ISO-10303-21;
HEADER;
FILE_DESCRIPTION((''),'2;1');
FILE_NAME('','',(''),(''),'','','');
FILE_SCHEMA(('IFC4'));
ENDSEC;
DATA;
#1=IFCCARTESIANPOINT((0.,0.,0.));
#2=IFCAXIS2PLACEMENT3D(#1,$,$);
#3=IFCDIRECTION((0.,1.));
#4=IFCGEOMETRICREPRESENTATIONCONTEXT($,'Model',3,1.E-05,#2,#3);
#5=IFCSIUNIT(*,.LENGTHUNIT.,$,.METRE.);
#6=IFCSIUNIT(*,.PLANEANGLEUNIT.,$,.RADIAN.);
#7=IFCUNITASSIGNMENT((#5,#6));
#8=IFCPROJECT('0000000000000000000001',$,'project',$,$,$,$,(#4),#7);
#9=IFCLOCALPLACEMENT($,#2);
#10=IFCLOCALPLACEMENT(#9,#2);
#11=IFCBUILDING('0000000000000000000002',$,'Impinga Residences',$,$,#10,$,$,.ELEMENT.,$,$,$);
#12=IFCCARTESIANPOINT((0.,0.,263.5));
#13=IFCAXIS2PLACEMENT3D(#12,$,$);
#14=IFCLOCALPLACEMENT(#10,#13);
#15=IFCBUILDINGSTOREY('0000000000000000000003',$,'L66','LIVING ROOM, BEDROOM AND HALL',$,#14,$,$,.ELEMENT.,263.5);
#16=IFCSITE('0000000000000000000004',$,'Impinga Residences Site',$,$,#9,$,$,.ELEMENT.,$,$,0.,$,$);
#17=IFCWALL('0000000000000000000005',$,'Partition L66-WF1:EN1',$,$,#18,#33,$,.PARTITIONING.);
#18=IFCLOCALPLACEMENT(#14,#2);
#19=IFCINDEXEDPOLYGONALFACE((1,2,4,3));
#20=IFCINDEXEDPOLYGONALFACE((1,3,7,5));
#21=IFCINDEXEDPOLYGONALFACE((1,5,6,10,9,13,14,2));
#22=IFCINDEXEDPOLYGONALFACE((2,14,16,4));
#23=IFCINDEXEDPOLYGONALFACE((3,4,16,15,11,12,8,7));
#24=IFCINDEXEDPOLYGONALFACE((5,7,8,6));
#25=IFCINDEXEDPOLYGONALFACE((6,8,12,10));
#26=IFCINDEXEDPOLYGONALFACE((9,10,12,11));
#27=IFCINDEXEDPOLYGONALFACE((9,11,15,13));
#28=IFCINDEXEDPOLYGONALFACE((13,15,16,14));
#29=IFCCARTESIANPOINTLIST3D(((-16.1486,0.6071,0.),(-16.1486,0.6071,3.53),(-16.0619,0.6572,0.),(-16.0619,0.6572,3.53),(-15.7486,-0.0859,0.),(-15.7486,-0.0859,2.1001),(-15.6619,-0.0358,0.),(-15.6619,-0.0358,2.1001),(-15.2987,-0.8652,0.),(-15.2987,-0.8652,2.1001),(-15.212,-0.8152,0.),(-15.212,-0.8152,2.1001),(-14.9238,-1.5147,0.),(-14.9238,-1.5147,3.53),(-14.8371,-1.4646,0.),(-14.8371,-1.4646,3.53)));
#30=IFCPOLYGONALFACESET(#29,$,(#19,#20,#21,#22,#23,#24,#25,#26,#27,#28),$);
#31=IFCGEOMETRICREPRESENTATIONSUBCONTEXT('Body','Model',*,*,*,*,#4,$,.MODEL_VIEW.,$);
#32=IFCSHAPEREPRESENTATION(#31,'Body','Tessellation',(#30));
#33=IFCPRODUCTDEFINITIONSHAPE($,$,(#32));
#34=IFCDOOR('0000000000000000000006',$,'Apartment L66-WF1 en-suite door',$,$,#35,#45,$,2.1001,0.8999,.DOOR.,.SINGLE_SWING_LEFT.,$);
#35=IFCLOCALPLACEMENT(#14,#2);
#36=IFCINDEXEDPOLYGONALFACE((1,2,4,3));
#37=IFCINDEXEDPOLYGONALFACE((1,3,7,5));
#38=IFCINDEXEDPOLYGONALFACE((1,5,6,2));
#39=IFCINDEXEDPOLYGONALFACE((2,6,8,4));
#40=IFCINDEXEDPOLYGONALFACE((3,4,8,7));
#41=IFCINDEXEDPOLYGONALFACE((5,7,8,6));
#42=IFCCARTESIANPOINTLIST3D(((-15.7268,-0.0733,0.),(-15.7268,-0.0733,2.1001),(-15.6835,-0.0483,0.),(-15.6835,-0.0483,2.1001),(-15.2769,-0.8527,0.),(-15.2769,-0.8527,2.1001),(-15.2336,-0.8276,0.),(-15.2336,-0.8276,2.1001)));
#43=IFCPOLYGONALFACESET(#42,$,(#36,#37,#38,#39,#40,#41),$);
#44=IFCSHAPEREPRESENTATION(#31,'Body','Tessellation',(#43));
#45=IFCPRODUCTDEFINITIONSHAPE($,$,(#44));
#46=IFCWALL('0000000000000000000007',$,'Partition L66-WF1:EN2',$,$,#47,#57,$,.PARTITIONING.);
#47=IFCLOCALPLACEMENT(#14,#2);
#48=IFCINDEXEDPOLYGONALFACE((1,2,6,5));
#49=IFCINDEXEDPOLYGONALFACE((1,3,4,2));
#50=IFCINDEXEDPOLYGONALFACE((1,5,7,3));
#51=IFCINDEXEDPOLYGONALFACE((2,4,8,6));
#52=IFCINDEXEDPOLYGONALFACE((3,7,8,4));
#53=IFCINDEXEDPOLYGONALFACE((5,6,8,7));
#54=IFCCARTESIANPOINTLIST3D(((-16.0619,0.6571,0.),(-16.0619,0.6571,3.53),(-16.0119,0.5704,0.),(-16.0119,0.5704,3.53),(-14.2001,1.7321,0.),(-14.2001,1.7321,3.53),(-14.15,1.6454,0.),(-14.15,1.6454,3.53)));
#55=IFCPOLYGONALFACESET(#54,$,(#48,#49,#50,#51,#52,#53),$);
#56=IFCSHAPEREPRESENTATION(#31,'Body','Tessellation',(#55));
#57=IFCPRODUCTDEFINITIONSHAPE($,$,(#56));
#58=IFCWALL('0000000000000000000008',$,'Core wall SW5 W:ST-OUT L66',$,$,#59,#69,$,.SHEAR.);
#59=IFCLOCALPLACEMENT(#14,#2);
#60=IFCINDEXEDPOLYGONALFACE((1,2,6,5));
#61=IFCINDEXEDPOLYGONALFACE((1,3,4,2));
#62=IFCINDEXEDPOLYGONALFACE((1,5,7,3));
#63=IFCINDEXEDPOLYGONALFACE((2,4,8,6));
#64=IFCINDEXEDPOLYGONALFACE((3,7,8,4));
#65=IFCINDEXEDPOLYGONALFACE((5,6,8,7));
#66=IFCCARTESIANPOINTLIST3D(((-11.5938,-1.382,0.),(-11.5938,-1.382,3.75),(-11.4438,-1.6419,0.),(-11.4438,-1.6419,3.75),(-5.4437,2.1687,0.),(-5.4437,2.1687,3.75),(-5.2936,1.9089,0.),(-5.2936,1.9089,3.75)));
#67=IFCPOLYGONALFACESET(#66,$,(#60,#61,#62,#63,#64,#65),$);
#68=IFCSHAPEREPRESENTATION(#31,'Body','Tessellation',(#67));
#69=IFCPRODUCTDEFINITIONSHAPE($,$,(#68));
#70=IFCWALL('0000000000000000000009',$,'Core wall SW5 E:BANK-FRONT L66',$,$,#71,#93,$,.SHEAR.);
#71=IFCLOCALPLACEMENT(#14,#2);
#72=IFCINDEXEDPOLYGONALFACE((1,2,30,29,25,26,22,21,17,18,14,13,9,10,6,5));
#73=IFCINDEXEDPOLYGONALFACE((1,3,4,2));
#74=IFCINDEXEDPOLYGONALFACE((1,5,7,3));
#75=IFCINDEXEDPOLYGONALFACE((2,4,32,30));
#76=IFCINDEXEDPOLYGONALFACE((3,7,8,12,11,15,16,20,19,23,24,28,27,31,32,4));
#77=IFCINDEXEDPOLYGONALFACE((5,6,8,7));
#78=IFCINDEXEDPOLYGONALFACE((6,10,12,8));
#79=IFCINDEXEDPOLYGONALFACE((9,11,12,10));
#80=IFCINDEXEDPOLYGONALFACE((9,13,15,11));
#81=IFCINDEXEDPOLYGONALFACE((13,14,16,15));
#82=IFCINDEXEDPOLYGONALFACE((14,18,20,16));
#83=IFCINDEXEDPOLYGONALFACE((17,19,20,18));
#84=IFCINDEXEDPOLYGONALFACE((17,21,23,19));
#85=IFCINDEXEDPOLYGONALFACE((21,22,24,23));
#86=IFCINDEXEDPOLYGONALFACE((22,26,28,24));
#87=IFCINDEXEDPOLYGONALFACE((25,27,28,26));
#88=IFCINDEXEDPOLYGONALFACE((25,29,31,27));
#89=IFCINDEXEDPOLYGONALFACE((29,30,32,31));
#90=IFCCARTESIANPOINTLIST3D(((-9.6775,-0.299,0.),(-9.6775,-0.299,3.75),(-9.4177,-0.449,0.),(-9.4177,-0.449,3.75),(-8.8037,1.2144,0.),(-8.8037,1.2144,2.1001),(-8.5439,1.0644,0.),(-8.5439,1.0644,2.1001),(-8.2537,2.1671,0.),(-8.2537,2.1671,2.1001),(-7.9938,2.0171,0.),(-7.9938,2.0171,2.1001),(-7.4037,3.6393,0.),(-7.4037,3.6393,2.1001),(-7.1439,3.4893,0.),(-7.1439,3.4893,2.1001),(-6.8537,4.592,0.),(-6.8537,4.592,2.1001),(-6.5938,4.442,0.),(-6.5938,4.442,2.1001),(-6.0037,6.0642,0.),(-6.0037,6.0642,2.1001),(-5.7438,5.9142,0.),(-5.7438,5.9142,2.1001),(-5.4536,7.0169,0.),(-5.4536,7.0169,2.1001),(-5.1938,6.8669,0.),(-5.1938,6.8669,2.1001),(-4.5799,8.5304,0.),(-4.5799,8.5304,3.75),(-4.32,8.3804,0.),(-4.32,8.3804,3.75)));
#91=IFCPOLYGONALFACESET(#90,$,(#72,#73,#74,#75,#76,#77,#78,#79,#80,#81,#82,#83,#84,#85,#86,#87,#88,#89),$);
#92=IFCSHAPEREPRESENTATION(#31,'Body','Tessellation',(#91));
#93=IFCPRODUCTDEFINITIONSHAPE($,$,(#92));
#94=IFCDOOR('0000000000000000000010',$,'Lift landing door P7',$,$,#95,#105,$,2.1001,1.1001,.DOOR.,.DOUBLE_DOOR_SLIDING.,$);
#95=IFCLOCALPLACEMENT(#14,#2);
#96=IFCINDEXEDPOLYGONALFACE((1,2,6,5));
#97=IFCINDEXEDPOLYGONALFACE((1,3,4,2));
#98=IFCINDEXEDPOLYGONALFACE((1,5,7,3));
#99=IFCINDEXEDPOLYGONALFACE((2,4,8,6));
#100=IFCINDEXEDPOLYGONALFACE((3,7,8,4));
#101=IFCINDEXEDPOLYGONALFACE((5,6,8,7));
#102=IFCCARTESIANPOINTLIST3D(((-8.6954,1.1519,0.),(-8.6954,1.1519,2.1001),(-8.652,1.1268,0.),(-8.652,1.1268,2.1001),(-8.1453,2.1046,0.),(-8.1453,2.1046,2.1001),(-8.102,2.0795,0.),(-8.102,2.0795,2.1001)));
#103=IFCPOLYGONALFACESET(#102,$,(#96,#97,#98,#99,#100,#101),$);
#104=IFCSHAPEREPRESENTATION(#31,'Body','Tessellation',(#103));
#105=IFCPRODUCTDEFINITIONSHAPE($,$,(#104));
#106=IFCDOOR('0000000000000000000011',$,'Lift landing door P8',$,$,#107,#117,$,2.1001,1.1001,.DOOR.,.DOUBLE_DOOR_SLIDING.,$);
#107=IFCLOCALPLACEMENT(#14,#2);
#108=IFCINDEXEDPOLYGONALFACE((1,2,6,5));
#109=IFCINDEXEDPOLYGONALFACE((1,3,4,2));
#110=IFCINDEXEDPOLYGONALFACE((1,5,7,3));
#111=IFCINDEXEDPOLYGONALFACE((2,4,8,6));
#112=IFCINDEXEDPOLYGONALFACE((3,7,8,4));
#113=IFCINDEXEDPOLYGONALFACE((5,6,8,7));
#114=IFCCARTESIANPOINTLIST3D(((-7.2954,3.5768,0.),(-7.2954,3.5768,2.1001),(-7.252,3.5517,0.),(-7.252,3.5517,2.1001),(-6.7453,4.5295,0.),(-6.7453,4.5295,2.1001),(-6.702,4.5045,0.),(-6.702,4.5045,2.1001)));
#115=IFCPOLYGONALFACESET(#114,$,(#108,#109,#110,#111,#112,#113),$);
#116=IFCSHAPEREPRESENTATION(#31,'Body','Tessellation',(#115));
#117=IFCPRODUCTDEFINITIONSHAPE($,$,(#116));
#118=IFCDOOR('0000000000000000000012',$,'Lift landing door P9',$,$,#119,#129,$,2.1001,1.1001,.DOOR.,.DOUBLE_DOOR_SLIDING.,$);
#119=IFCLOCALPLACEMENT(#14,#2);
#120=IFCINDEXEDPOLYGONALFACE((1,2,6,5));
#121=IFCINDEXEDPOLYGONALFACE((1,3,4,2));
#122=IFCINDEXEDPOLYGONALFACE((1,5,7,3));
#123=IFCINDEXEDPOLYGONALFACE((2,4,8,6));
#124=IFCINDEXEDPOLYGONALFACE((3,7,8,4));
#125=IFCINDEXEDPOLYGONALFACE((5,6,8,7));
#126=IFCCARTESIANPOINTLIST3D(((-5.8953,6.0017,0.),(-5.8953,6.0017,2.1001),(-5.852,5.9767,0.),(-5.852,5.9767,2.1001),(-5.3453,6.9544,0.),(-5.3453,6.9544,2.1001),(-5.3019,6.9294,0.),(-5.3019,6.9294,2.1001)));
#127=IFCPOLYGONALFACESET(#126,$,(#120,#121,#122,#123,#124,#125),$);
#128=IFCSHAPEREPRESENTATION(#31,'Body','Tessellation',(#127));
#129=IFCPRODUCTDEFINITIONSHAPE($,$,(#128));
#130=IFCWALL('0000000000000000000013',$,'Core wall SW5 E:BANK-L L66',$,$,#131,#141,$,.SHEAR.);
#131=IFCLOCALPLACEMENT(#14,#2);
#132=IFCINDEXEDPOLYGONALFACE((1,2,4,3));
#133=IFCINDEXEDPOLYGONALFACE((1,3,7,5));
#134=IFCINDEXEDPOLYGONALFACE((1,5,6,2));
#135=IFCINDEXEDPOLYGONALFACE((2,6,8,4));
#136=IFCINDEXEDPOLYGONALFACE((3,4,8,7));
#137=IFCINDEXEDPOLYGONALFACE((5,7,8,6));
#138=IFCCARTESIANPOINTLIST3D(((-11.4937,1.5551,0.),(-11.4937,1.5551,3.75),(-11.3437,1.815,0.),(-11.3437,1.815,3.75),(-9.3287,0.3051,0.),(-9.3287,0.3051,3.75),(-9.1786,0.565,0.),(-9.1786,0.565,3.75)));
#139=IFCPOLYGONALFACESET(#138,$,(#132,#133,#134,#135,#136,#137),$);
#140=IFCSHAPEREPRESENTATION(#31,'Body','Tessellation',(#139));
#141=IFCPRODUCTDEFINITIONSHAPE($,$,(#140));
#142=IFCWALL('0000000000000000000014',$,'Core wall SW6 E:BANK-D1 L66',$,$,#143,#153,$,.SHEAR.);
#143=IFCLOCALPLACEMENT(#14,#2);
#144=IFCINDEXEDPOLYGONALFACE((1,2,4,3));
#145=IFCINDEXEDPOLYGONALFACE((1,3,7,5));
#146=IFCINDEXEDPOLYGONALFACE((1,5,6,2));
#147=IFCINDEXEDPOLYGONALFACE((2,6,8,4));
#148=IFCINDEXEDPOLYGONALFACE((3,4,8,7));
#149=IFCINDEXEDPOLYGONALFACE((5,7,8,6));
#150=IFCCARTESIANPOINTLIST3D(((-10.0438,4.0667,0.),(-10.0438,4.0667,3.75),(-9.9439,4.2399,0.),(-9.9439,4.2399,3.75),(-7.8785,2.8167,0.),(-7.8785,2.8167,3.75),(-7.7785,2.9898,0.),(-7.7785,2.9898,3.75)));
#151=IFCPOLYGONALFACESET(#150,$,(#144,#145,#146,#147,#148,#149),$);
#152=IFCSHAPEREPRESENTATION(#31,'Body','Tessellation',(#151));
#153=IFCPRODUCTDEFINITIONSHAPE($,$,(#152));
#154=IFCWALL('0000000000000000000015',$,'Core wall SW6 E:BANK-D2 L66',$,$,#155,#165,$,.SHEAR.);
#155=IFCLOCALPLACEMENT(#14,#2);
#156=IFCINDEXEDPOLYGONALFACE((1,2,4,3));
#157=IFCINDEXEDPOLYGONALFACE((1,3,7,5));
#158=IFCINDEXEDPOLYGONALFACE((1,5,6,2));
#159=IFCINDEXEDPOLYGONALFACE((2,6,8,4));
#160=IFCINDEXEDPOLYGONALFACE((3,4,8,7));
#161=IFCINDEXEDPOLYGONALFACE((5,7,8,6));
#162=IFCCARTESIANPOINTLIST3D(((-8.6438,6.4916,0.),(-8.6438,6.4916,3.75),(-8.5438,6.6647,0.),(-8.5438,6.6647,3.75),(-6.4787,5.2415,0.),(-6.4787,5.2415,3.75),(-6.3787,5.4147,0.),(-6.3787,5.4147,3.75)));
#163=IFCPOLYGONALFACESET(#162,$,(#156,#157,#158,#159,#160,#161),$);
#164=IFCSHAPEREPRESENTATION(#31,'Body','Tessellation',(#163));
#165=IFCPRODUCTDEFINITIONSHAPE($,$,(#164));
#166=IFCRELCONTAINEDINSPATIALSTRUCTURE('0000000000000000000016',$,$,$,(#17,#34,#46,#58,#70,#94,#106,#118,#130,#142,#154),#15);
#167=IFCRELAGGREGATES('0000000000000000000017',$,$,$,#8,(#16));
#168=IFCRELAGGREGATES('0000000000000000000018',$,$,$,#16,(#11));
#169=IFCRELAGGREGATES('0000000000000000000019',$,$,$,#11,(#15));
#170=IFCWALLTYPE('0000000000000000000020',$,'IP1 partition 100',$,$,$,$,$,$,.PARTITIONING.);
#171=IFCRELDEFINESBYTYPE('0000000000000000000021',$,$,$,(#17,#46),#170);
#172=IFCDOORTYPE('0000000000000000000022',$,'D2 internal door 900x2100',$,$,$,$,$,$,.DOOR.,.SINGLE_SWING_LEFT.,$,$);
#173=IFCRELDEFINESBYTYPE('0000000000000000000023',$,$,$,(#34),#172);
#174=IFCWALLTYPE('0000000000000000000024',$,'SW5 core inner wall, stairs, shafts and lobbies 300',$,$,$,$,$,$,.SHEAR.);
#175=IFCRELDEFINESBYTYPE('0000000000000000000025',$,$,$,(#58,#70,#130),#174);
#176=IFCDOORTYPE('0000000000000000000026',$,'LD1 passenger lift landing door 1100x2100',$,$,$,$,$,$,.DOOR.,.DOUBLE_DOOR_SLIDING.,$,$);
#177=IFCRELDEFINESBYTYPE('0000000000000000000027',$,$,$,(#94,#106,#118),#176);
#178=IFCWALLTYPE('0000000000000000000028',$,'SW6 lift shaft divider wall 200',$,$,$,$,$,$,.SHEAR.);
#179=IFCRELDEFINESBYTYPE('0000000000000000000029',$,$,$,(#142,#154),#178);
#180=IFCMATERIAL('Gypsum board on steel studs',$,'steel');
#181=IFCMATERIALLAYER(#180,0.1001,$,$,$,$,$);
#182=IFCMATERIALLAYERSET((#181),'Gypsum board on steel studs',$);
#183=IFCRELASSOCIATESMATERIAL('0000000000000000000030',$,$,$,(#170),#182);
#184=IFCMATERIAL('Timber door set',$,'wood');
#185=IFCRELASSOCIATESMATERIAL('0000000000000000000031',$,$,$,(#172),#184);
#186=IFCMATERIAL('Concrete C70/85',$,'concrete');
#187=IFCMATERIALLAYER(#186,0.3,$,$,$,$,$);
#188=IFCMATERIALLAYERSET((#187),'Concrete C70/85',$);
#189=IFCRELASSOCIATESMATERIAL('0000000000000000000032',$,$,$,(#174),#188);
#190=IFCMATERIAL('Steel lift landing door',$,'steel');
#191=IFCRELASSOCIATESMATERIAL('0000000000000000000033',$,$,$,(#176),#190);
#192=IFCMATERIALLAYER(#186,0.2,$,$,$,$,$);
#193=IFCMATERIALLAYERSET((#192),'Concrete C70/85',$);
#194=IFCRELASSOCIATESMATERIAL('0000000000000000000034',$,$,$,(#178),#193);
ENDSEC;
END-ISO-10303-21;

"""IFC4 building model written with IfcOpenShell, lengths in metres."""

from ifc_helpers import new_model, si_unit, direction, frame, frame_2d, origin, place, context, subcontext, project, spatial, rectangle, extrude, material, layer, layer_set, type_object, element, fill, save


model = new_model("IFC4")

# Units and contexts
model_context = context("Model", 3, precision=1e-05, world=origin(), true_north=direction((0.0, 1.0)))
body_context = subcontext(model_context, "Body", "Model", "MODEL_VIEW")
ifc_project = project(units=[si_unit("LENGTHUNIT", "METRE"), si_unit("PLANEANGLEUNIT", "RADIAN")], contexts=[model_context])

# Site, building, storey
site_placement = place(None, origin())
site = spatial("IfcSite", under=ifc_project, at=site_placement, Name="Impinga Residences Site", CompositionType="ELEMENT", RefElevation=0.0)
building_placement = place(site_placement, origin())
building = spatial("IfcBuilding", under=site, at=building_placement, Name="Impinga Residences", CompositionType="ELEMENT")
storey_placement = place(building_placement, frame((0.0, 0.0, 263.5)))
storey = spatial("IfcBuildingStorey", under=building, at=storey_placement, Name="L66", Description="LIVING ROOM, BEDROOM AND HALL", CompositionType="ELEMENT", Elevation=263.5)

# Shared definitions
ifc_material_1 = material(Name="Gypsum board on steel studs", Category="steel")
ifc_layer_1 = layer(ifc_material_1, 0.1001)
ifc_layer_set_1 = layer_set([ifc_layer_1], Name="Gypsum board on steel studs")
wall_type_1 = type_object("IfcWallType", Name="IP1 partition 100", PredefinedType="PARTITIONING", material=ifc_layer_set_1)

# Shared definitions
ifc_material_2 = material(Name="Timber door set", Category="wood")
door_type_1 = type_object("IfcDoorType", Name="D2 internal door 900x2100", OperationType="SINGLE_SWING_LEFT", PredefinedType="DOOR", material=ifc_material_2)

# Wall, opening, door
wall_1_placement = place(storey_placement, frame((-14.8804, -1.4897, 0.0), z_axis=(0.0, 0.0, 1.0), x_axis=(-0.499944, 0.866058, 0.0)))
wall_1 = element("IfcWall", 1, at=wall_1_placement, inside=storey, type_object=wall_type_1, Name="Partition L66-WF1:EN1", PredefinedType="PARTITIONING", context=body_context, shape_type="SweptSolid", body=[
    extrude(rectangle(XDim=2.45, YDim=0.1001, at=frame_2d((1.2251, 0.0))), origin(), (0.0, 0.0, 1.0), 3.53),
])
opening_1_placement = place(wall_1_placement, frame((0.75, 0.0, 0.0)))
opening_1 = element("IfcOpeningElement", 2, at=opening_1_placement, cuts=wall_1, PredefinedType="OPENING", context=body_context, shape_type="SweptSolid", body=[
    extrude(rectangle(XDim=0.8999, YDim=2.1001, at=frame_2d((0.45, 1.05))), frame((0.0, 0.0601, 0.0), z_axis=(0.0, -1.0, 0.0), x_axis=(1.0, 0.0, 0.0)), (0.0, 0.0, 1.0), 0.1201),
])
door_1_placement = place(opening_1_placement, origin())
door_1 = element("IfcDoor", 3, at=door_1_placement, inside=storey, type_object=door_type_1, Name="Apartment L66-WF1 en-suite door", OperationType="SINGLE_SWING_LEFT", OverallHeight=2.1001, OverallWidth=0.8999, PredefinedType="DOOR", context=body_context, shape_type="SweptSolid", body=[
    extrude(rectangle(XDim=0.8999, YDim=2.1001, at=frame_2d((0.45, 1.05))), frame((0.0, 0.0249, 0.0), z_axis=(0.0, -1.0, 0.0), x_axis=(1.0, 0.0, 0.0)), (0.0, 0.0, 1.0), 0.05),
])
fill(opening_1, door_1)

# Walls
wall_2_placement = place(storey_placement, frame((-14.175, 1.6887, 0.0), z_axis=(0.0, 0.0, 1.0), x_axis=(-0.866019, -0.500011, 0.0)))
element("IfcWall", 4, at=wall_2_placement, inside=storey, type_object=wall_type_1, Name="Partition L66-WF1:EN2", PredefinedType="PARTITIONING", context=body_context, shape_type="SweptSolid", body=[
    extrude(rectangle(XDim=2.1499, YDim=0.1001, at=frame_2d((1.075, 0.0))), origin(), (0.0, 0.0, 1.0), 3.53),
])
ifc_material_3 = material(Name="Concrete C70/85", Category="concrete")
ifc_layer_2 = layer(ifc_material_3, 0.3)
ifc_layer_set_2 = layer_set([ifc_layer_2], Name="Concrete C70/85")
wall_type_2 = type_object("IfcWallType", Name="SW5 core inner wall, stairs, shafts and lobbies 300", PredefinedType="SHEAR", material=ifc_layer_set_2)
wall_3_placement = place(storey_placement, frame((-5.3687, 2.0388, 0.0), z_axis=(0.0, 0.0, 1.0), x_axis=(-0.866026, -0.499999, 0.0)))
element("IfcWall", 5, at=wall_3_placement, inside=storey, type_object=wall_type_2, Name="Core wall SW5 W:ST-OUT L66", PredefinedType="SHEAR", context=body_context, shape_type="SweptSolid", body=[
    extrude(rectangle(XDim=7.1016, YDim=0.3, at=frame_2d((3.5508, 0.0))), origin(), (0.0, 0.0, 1.0), 3.75),
])

# Wall, openings, doors
wall_4_placement = place(storey_placement, frame((-9.5476, -0.374, 0.0), z_axis=(0.0, 0.0, 1.0), x_axis=(0.500002, 0.866024, 0.0)))
wall_4 = element("IfcWall", 6, at=wall_4_placement, inside=storey, type_object=wall_type_2, Name="Core wall SW5 E:BANK-FRONT L66", PredefinedType="SHEAR", context=body_context, shape_type="SweptSolid", body=[
    extrude(rectangle(XDim=10.1953, YDim=0.3, at=frame_2d((5.0977, 0.0))), origin(), (0.0, 0.0, 1.0), 3.75),
])
opening_2_placement = place(wall_4_placement, frame((1.7476, 0.0, 0.0)))
opening_2 = element("IfcOpeningElement", 7, at=opening_2_placement, cuts=wall_4, PredefinedType="OPENING", context=body_context, shape_type="SweptSolid", body=[
    extrude(rectangle(XDim=1.1001, YDim=2.1001, at=frame_2d((0.55, 1.05))), frame((0.0, 0.1599, 0.0), z_axis=(0.0, -1.0, 0.0), x_axis=(1.0, 0.0, 0.0)), (0.0, 0.0, 1.0), 0.3201),
])
opening_3_placement = place(wall_4_placement, frame((4.5476, 0.0, 0.0)))
opening_3 = element("IfcOpeningElement", 8, at=opening_3_placement, cuts=wall_4, PredefinedType="OPENING", context=body_context, shape_type="SweptSolid", body=[
    extrude(rectangle(XDim=1.1001, YDim=2.1001, at=frame_2d((0.55, 1.05))), frame((0.0, 0.1599, 0.0), z_axis=(0.0, -1.0, 0.0), x_axis=(1.0, 0.0, 0.0)), (0.0, 0.0, 1.0), 0.3201),
])
opening_4_placement = place(wall_4_placement, frame((7.3477, 0.0, 0.0)))
opening_4 = element("IfcOpeningElement", 9, at=opening_4_placement, cuts=wall_4, PredefinedType="OPENING", context=body_context, shape_type="SweptSolid", body=[
    extrude(rectangle(XDim=1.1001, YDim=2.1001, at=frame_2d((0.55, 1.05))), frame((0.0, 0.1599, 0.0), z_axis=(0.0, -1.0, 0.0), x_axis=(1.0, 0.0, 0.0)), (0.0, 0.0, 1.0), 0.3201),
])
ifc_material_4 = material(Name="Steel lift landing door", Category="steel")
door_type_2 = type_object("IfcDoorType", Name="LD1 passenger lift landing door 1100x2100", OperationType="DOUBLE_DOOR_SLIDING", PredefinedType="DOOR", material=ifc_material_4)
door_2_placement = place(opening_2_placement, origin())
door_2 = element("IfcDoor", 10, at=door_2_placement, inside=storey, type_object=door_type_2, Name="Lift landing door P7", OperationType="DOUBLE_DOOR_SLIDING", OverallHeight=2.1001, OverallWidth=1.1001, PredefinedType="DOOR", context=body_context, shape_type="SweptSolid", body=[
    extrude(rectangle(XDim=1.1001, YDim=2.1001, at=frame_2d((0.55, 1.05))), frame((0.0, 0.0249, 0.0), z_axis=(0.0, -1.0, 0.0), x_axis=(1.0, 0.0, 0.0)), (0.0, 0.0, 1.0), 0.05),
])
fill(opening_2, door_2)
door_3_placement = place(opening_3_placement, origin())
door_3 = element("IfcDoor", 11, at=door_3_placement, inside=storey, type_object=door_type_2, Name="Lift landing door P8", OperationType="DOUBLE_DOOR_SLIDING", OverallHeight=2.1001, OverallWidth=1.1001, PredefinedType="DOOR", context=body_context, shape_type="SweptSolid", body=[
    extrude(rectangle(XDim=1.1001, YDim=2.1001, at=frame_2d((0.55, 1.05))), frame((0.0, 0.0249, 0.0), z_axis=(0.0, -1.0, 0.0), x_axis=(1.0, 0.0, 0.0)), (0.0, 0.0, 1.0), 0.05),
])
fill(opening_3, door_3)
door_4_placement = place(opening_4_placement, origin())
door_4 = element("IfcDoor", 12, at=door_4_placement, inside=storey, type_object=door_type_2, Name="Lift landing door P9", OperationType="DOUBLE_DOOR_SLIDING", OverallHeight=2.1001, OverallWidth=1.1001, PredefinedType="DOOR", context=body_context, shape_type="SweptSolid", body=[
    extrude(rectangle(XDim=1.1001, YDim=2.1001, at=frame_2d((0.55, 1.05))), frame((0.0, 0.0249, 0.0), z_axis=(0.0, -1.0, 0.0), x_axis=(1.0, 0.0, 0.0)), (0.0, 0.0, 1.0), 0.05),
])
fill(opening_4, door_4)

# Walls
wall_5_placement = place(storey_placement, frame((-9.2537, 0.4351, 0.0), z_axis=(0.0, 0.0, 1.0), x_axis=(-0.866023, 0.500004, 0.0)))
element("IfcWall", 13, at=wall_5_placement, inside=storey, type_object=wall_type_2, Name="Core wall SW5 E:BANK-L L66", PredefinedType="SHEAR", context=body_context, shape_type="SweptSolid", body=[
    extrude(rectangle(XDim=2.5, YDim=0.3, at=frame_2d((1.25, 0.0))), origin(), (0.0, 0.0, 1.0), 3.75),
])
ifc_layer_3 = layer(ifc_material_3, 0.2)
ifc_layer_set_3 = layer_set([ifc_layer_3], Name="Concrete C70/85")
wall_type_3 = type_object("IfcWallType", Name="SW6 lift shaft divider wall 200", PredefinedType="SHEAR", material=ifc_layer_set_3)
wall_6_placement = place(storey_placement, frame((-7.8286, 2.9033, 0.0), z_axis=(0.0, 0.0, 1.0), x_axis=(-0.866047, 0.499962, 0.0)))
element("IfcWall", 14, at=wall_6_placement, inside=storey, type_object=wall_type_3, Name="Core wall SW6 E:BANK-D1 L66", PredefinedType="SHEAR", context=body_context, shape_type="SweptSolid", body=[
    extrude(rectangle(XDim=2.5002, YDim=0.2, at=frame_2d((1.25, 0.0))), origin(), (0.0, 0.0, 1.0), 3.75),
])
wall_7_placement = place(storey_placement, frame((-6.4287, 5.3281, 0.0), z_axis=(0.0, 0.0, 1.0), x_axis=(-0.866023, 0.500004, 0.0)))
element("IfcWall", 15, at=wall_7_placement, inside=storey, type_object=wall_type_3, Name="Core wall SW6 E:BANK-D2 L66", PredefinedType="SHEAR", context=body_context, shape_type="SweptSolid", body=[
    extrude(rectangle(XDim=2.5, YDim=0.2, at=frame_2d((1.25, 0.0))), origin(), (0.0, 0.0, 1.0), 3.75),
])

save(model, "model.ifc")
